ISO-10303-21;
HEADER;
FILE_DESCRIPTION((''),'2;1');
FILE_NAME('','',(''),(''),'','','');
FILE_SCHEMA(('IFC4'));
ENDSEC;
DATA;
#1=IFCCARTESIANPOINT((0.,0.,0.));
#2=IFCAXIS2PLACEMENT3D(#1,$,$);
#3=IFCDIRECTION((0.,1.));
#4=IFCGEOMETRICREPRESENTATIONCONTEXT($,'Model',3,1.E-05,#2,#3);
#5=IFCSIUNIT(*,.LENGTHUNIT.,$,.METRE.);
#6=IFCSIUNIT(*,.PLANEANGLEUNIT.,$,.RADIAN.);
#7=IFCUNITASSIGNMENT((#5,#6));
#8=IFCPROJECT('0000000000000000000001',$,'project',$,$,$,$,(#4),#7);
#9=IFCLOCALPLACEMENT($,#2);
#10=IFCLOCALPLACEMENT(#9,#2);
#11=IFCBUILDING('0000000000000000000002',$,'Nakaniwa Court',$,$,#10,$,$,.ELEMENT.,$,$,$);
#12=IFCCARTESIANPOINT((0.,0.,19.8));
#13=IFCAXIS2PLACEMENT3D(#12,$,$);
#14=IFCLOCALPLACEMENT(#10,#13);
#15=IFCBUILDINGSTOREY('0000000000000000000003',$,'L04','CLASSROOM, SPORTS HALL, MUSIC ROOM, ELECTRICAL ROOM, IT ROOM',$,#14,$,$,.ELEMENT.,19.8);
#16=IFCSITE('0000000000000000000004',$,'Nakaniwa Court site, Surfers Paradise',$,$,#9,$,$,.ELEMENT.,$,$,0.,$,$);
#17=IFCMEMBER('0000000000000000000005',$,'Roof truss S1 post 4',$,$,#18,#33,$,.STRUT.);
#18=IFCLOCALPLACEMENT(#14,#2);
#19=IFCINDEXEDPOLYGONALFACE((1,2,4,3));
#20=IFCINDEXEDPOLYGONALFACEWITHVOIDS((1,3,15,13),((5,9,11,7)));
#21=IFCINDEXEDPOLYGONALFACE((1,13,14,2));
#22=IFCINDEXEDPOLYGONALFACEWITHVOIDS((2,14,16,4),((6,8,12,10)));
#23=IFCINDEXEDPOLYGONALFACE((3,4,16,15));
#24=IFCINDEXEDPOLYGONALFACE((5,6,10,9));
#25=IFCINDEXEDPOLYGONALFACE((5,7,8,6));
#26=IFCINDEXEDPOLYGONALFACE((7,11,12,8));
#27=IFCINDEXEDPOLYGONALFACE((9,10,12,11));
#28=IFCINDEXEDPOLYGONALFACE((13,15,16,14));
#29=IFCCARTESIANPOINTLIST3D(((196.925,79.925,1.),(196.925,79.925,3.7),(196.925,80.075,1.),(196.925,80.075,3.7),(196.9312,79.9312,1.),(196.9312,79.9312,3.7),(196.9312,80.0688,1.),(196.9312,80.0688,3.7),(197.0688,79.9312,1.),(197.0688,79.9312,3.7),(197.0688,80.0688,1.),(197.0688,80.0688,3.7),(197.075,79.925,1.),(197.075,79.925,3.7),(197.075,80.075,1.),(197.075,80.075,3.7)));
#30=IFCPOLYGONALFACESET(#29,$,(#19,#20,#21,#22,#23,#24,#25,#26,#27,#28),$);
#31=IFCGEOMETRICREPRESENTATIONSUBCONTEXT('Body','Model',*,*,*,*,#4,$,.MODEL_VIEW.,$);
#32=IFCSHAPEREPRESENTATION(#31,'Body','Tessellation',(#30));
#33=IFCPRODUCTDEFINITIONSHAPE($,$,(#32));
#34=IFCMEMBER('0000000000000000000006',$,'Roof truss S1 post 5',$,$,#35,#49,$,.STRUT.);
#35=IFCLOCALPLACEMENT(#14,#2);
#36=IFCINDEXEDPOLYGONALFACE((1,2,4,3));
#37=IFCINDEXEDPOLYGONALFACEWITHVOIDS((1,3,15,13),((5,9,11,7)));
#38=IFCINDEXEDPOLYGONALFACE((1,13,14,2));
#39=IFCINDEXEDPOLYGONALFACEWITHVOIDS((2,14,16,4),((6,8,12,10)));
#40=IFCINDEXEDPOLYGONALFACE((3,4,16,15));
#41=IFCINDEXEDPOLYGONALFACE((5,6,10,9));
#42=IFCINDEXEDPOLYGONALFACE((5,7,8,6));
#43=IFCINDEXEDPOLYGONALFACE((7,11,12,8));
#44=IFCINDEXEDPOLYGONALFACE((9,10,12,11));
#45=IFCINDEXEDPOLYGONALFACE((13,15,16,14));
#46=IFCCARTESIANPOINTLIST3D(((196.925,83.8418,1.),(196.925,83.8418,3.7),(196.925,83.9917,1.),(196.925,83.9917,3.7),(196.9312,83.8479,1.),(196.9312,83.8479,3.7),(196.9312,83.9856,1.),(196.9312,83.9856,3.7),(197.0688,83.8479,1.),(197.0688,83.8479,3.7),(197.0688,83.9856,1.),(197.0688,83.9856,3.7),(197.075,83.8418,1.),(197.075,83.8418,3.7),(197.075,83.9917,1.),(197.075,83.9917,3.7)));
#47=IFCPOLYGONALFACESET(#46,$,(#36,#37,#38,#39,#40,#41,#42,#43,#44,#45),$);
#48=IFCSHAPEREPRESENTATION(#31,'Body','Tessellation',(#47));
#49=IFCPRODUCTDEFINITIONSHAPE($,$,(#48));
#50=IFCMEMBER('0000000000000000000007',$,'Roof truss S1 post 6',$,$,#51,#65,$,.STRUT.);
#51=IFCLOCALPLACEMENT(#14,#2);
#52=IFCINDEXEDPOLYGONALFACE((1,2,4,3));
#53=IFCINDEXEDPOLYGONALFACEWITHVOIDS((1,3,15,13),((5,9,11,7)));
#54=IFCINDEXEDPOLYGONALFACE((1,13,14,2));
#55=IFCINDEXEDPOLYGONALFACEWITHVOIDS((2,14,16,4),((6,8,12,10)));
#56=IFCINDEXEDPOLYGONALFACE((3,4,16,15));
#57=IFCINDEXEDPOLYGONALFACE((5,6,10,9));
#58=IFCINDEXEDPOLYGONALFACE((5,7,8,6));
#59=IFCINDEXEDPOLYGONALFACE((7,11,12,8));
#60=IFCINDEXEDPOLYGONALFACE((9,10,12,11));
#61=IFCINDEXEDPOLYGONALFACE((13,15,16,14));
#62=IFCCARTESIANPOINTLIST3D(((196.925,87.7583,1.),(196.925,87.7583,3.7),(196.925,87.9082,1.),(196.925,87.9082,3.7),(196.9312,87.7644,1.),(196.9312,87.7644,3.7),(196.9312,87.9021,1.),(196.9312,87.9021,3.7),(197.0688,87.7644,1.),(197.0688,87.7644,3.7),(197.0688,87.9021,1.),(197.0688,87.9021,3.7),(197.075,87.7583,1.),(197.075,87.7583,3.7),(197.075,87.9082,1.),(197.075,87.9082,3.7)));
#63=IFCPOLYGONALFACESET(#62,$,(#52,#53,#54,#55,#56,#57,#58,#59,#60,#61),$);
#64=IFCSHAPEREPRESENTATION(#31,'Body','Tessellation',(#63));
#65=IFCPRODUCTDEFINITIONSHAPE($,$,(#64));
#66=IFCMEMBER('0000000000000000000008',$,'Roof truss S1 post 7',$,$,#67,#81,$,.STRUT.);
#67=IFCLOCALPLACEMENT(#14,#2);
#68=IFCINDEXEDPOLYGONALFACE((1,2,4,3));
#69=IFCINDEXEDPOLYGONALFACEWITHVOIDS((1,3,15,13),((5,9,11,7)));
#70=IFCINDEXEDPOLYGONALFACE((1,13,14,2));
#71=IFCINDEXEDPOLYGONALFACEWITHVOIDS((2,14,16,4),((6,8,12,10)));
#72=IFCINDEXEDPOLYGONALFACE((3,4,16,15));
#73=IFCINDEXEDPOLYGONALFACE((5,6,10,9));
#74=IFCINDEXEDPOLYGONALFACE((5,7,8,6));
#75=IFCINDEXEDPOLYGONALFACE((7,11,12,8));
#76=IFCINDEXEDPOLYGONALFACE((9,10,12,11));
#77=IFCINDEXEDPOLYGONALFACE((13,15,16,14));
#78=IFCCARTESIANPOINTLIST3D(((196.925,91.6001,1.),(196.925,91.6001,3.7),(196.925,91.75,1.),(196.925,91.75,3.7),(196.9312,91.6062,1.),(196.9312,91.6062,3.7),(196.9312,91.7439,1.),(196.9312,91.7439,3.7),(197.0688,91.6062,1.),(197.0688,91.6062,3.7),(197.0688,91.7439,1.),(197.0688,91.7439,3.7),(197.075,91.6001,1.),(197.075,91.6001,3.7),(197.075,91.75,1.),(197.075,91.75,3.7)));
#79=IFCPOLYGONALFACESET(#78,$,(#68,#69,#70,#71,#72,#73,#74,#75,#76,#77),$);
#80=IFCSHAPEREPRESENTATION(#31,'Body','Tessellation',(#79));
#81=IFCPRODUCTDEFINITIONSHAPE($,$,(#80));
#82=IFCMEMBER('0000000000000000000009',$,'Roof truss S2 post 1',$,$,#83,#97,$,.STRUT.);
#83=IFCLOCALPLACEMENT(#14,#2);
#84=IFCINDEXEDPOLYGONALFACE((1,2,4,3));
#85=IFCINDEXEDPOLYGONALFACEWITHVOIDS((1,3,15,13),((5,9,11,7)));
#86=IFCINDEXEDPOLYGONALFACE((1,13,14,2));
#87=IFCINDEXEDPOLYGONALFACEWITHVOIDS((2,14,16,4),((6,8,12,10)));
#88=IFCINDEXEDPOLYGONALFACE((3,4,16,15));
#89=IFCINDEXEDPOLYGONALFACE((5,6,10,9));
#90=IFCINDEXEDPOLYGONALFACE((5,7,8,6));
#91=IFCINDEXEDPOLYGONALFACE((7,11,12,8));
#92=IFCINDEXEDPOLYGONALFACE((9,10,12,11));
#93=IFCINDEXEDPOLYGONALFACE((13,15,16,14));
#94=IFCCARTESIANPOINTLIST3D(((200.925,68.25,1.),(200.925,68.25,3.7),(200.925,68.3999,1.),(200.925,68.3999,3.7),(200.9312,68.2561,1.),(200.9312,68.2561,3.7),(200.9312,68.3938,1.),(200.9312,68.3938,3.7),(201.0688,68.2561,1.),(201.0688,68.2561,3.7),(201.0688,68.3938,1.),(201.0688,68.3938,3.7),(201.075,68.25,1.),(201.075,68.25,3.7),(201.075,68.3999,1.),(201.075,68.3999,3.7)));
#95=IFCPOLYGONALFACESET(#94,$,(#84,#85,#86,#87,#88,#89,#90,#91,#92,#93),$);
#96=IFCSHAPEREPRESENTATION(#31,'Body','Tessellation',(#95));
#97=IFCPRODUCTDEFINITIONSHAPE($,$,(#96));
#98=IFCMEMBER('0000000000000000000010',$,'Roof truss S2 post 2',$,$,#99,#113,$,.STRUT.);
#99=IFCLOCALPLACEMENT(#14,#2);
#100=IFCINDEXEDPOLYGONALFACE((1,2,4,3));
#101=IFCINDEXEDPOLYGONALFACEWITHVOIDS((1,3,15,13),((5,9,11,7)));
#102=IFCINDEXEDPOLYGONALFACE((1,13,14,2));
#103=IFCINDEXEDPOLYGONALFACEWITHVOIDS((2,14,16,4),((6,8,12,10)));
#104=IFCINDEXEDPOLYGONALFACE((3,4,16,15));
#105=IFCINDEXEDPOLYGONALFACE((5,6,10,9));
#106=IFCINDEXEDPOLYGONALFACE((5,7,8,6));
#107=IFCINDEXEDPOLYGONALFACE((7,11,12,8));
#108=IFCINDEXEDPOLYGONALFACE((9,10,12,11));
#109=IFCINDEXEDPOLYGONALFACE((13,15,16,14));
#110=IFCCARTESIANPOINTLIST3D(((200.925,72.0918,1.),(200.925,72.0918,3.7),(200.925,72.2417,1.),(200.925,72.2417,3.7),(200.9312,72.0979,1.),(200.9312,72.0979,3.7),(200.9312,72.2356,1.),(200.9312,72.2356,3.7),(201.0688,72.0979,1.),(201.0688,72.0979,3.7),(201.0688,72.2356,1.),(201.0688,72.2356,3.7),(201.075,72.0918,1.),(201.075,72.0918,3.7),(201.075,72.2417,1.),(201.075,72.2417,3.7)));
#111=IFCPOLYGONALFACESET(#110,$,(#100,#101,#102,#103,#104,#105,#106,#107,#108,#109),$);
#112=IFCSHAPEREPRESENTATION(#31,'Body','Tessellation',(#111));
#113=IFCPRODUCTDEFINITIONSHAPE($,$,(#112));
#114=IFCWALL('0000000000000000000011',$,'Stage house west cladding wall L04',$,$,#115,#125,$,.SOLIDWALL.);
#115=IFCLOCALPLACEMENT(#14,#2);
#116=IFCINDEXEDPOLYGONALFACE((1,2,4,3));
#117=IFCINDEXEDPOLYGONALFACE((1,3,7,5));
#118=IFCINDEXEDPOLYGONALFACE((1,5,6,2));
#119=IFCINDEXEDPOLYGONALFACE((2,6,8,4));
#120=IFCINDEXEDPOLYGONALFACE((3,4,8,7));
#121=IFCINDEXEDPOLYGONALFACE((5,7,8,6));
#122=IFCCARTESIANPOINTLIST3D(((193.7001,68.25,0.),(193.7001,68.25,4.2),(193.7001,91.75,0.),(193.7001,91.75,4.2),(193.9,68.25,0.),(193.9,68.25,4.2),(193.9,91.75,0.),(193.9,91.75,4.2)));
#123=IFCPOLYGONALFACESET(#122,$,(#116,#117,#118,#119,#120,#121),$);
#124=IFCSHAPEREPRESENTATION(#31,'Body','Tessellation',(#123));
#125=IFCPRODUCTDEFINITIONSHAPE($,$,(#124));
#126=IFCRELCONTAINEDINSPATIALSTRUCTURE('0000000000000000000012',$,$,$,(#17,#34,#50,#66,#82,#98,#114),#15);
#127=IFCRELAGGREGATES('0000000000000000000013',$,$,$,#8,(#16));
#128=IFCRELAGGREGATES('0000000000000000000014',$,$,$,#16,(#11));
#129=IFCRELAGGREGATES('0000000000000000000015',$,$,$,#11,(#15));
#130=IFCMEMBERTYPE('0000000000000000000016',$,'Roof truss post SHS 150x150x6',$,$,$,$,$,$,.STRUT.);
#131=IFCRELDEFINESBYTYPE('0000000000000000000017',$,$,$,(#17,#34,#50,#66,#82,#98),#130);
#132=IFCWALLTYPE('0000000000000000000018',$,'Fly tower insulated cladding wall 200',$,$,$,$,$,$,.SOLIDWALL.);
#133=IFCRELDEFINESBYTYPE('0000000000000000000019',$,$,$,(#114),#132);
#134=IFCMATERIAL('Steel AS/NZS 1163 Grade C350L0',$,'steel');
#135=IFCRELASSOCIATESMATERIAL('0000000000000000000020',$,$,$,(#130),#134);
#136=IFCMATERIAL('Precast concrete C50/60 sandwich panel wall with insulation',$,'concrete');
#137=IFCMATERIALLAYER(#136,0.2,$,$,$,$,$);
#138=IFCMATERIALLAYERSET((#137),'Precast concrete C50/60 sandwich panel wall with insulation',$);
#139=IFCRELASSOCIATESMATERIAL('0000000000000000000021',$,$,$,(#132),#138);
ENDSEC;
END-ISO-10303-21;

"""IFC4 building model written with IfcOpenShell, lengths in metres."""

from ifc_helpers import new_model, si_unit, direction, frame, frame_2d, origin, origin_2d, place, context, subcontext, project, spatial, rectangle, hollow_rectangle, extrude, material, layer, layer_set, material_profile, profile_set, type_object, element, save


model = new_model("IFC4")

# Units and contexts
model_context = context("Model", 3, precision=1e-05, world=origin(), true_north=direction((0.0, 1.0)))
body_context = subcontext(model_context, "Body", "Model", "MODEL_VIEW")
ifc_project = project(units=[si_unit("LENGTHUNIT", "METRE"), si_unit("PLANEANGLEUNIT", "RADIAN")], contexts=[model_context])

# Site, building, storey
site_placement = place(None, origin())
site = spatial("IfcSite", under=ifc_project, at=site_placement, Name="Nakaniwa Court site, Surfers Paradise", CompositionType="ELEMENT", RefElevation=0.0)
building_placement = place(site_placement, origin())
building = spatial("IfcBuilding", under=site, at=building_placement, Name="Nakaniwa Court", CompositionType="ELEMENT")
storey_placement = place(building_placement, frame((0.0, 0.0, 19.8)))
storey = spatial("IfcBuildingStorey", under=building, at=storey_placement, Name="L04", Description="CLASSROOM, SPORTS HALL, MUSIC ROOM, ELECTRICAL ROOM, IT ROOM", CompositionType="ELEMENT", Elevation=19.8)

# Members
ifc_material_1 = material(Name="Steel AS/NZS 1163 Grade C350L0", Category="steel")
ifc_material_profile_1 = material_profile(ifc_material_1, hollow_rectangle(XDim=0.1499, YDim=0.1499, WallThickness=0.0061, at=origin_2d()), Name="SHS 150x150x6")
ifc_profile_set_1 = profile_set([ifc_material_profile_1], Name="Steel AS/NZS 1163 Grade C350L0")
member_type_1 = type_object("IfcMemberType", Name="Roof truss post SHS 150x150x6", PredefinedType="STRUT", material=ifc_profile_set_1)
for number, where, z_axis, x_axis, name in (
    (1, (197.0, 80.0, 1.0), (0.0, 0.0, 1.0), (1.0, 0.0, 0.0), "Roof truss S1 post 4"),
    (2, (197.0, 83.9167, 1.0), (0.0, 0.0, 1.0), (1.0, 0.0, 0.0), "Roof truss S1 post 5"),
    (3, (197.0, 87.8333, 1.0), (0.0, 0.0, 1.0), (1.0, 0.0, 0.0), "Roof truss S1 post 6"),
    (4, (197.0, 91.675, 1.0), (0.0, 0.0, 1.0), (1.0, 0.0, 0.0), "Roof truss S1 post 7"),
    (5, (201.0, 68.325, 1.0), (0.0, 0.0, 1.0), (1.0, 0.0, 0.0), "Roof truss S2 post 1"),
    (6, (201.0, 72.1667, 1.0), (0.0, 0.0, 1.0), (1.0, 0.0, 0.0), "Roof truss S2 post 2"),
):
    element("IfcMember", number, at=place(storey_placement, frame(where, z_axis=z_axis, x_axis=x_axis)), inside=storey, type_object=member_type_1, Name=name, PredefinedType="STRUT", context=body_context, shape_type="SweptSolid", body=[
        extrude(hollow_rectangle(XDim=0.1499, YDim=0.1499, WallThickness=0.0061, at=origin_2d()), origin(), (0.0, 0.0, 1.0), 2.7),
    ])

# Wall
ifc_material_2 = material(Name="Precast concrete C50/60 sandwich panel wall with insulation", Category="concrete")
ifc_layer = layer(ifc_material_2, 0.2)
ifc_layer_set = layer_set([ifc_layer], Name="Precast concrete C50/60 sandwich panel wall with insulation")
wall_type = type_object("IfcWallType", Name="Fly tower insulated cladding wall 200", PredefinedType="SOLIDWALL", material=ifc_layer_set)
wall_placement = place(storey_placement, frame((193.8, 91.75, 0.0), z_axis=(0.0, 0.0, 1.0), x_axis=(0.0, -1.0, 0.0)))
element("IfcWall", 7, at=wall_placement, inside=storey, type_object=wall_type, Name="Stage house west cladding wall L04", PredefinedType="SOLIDWALL", context=body_context, shape_type="SweptSolid", body=[
    extrude(rectangle(XDim=23.5, YDim=0.2, at=frame_2d((11.75, 0.0))), origin(), (0.0, 0.0, 1.0), 4.2),
])

save(model, "model.ifc")
